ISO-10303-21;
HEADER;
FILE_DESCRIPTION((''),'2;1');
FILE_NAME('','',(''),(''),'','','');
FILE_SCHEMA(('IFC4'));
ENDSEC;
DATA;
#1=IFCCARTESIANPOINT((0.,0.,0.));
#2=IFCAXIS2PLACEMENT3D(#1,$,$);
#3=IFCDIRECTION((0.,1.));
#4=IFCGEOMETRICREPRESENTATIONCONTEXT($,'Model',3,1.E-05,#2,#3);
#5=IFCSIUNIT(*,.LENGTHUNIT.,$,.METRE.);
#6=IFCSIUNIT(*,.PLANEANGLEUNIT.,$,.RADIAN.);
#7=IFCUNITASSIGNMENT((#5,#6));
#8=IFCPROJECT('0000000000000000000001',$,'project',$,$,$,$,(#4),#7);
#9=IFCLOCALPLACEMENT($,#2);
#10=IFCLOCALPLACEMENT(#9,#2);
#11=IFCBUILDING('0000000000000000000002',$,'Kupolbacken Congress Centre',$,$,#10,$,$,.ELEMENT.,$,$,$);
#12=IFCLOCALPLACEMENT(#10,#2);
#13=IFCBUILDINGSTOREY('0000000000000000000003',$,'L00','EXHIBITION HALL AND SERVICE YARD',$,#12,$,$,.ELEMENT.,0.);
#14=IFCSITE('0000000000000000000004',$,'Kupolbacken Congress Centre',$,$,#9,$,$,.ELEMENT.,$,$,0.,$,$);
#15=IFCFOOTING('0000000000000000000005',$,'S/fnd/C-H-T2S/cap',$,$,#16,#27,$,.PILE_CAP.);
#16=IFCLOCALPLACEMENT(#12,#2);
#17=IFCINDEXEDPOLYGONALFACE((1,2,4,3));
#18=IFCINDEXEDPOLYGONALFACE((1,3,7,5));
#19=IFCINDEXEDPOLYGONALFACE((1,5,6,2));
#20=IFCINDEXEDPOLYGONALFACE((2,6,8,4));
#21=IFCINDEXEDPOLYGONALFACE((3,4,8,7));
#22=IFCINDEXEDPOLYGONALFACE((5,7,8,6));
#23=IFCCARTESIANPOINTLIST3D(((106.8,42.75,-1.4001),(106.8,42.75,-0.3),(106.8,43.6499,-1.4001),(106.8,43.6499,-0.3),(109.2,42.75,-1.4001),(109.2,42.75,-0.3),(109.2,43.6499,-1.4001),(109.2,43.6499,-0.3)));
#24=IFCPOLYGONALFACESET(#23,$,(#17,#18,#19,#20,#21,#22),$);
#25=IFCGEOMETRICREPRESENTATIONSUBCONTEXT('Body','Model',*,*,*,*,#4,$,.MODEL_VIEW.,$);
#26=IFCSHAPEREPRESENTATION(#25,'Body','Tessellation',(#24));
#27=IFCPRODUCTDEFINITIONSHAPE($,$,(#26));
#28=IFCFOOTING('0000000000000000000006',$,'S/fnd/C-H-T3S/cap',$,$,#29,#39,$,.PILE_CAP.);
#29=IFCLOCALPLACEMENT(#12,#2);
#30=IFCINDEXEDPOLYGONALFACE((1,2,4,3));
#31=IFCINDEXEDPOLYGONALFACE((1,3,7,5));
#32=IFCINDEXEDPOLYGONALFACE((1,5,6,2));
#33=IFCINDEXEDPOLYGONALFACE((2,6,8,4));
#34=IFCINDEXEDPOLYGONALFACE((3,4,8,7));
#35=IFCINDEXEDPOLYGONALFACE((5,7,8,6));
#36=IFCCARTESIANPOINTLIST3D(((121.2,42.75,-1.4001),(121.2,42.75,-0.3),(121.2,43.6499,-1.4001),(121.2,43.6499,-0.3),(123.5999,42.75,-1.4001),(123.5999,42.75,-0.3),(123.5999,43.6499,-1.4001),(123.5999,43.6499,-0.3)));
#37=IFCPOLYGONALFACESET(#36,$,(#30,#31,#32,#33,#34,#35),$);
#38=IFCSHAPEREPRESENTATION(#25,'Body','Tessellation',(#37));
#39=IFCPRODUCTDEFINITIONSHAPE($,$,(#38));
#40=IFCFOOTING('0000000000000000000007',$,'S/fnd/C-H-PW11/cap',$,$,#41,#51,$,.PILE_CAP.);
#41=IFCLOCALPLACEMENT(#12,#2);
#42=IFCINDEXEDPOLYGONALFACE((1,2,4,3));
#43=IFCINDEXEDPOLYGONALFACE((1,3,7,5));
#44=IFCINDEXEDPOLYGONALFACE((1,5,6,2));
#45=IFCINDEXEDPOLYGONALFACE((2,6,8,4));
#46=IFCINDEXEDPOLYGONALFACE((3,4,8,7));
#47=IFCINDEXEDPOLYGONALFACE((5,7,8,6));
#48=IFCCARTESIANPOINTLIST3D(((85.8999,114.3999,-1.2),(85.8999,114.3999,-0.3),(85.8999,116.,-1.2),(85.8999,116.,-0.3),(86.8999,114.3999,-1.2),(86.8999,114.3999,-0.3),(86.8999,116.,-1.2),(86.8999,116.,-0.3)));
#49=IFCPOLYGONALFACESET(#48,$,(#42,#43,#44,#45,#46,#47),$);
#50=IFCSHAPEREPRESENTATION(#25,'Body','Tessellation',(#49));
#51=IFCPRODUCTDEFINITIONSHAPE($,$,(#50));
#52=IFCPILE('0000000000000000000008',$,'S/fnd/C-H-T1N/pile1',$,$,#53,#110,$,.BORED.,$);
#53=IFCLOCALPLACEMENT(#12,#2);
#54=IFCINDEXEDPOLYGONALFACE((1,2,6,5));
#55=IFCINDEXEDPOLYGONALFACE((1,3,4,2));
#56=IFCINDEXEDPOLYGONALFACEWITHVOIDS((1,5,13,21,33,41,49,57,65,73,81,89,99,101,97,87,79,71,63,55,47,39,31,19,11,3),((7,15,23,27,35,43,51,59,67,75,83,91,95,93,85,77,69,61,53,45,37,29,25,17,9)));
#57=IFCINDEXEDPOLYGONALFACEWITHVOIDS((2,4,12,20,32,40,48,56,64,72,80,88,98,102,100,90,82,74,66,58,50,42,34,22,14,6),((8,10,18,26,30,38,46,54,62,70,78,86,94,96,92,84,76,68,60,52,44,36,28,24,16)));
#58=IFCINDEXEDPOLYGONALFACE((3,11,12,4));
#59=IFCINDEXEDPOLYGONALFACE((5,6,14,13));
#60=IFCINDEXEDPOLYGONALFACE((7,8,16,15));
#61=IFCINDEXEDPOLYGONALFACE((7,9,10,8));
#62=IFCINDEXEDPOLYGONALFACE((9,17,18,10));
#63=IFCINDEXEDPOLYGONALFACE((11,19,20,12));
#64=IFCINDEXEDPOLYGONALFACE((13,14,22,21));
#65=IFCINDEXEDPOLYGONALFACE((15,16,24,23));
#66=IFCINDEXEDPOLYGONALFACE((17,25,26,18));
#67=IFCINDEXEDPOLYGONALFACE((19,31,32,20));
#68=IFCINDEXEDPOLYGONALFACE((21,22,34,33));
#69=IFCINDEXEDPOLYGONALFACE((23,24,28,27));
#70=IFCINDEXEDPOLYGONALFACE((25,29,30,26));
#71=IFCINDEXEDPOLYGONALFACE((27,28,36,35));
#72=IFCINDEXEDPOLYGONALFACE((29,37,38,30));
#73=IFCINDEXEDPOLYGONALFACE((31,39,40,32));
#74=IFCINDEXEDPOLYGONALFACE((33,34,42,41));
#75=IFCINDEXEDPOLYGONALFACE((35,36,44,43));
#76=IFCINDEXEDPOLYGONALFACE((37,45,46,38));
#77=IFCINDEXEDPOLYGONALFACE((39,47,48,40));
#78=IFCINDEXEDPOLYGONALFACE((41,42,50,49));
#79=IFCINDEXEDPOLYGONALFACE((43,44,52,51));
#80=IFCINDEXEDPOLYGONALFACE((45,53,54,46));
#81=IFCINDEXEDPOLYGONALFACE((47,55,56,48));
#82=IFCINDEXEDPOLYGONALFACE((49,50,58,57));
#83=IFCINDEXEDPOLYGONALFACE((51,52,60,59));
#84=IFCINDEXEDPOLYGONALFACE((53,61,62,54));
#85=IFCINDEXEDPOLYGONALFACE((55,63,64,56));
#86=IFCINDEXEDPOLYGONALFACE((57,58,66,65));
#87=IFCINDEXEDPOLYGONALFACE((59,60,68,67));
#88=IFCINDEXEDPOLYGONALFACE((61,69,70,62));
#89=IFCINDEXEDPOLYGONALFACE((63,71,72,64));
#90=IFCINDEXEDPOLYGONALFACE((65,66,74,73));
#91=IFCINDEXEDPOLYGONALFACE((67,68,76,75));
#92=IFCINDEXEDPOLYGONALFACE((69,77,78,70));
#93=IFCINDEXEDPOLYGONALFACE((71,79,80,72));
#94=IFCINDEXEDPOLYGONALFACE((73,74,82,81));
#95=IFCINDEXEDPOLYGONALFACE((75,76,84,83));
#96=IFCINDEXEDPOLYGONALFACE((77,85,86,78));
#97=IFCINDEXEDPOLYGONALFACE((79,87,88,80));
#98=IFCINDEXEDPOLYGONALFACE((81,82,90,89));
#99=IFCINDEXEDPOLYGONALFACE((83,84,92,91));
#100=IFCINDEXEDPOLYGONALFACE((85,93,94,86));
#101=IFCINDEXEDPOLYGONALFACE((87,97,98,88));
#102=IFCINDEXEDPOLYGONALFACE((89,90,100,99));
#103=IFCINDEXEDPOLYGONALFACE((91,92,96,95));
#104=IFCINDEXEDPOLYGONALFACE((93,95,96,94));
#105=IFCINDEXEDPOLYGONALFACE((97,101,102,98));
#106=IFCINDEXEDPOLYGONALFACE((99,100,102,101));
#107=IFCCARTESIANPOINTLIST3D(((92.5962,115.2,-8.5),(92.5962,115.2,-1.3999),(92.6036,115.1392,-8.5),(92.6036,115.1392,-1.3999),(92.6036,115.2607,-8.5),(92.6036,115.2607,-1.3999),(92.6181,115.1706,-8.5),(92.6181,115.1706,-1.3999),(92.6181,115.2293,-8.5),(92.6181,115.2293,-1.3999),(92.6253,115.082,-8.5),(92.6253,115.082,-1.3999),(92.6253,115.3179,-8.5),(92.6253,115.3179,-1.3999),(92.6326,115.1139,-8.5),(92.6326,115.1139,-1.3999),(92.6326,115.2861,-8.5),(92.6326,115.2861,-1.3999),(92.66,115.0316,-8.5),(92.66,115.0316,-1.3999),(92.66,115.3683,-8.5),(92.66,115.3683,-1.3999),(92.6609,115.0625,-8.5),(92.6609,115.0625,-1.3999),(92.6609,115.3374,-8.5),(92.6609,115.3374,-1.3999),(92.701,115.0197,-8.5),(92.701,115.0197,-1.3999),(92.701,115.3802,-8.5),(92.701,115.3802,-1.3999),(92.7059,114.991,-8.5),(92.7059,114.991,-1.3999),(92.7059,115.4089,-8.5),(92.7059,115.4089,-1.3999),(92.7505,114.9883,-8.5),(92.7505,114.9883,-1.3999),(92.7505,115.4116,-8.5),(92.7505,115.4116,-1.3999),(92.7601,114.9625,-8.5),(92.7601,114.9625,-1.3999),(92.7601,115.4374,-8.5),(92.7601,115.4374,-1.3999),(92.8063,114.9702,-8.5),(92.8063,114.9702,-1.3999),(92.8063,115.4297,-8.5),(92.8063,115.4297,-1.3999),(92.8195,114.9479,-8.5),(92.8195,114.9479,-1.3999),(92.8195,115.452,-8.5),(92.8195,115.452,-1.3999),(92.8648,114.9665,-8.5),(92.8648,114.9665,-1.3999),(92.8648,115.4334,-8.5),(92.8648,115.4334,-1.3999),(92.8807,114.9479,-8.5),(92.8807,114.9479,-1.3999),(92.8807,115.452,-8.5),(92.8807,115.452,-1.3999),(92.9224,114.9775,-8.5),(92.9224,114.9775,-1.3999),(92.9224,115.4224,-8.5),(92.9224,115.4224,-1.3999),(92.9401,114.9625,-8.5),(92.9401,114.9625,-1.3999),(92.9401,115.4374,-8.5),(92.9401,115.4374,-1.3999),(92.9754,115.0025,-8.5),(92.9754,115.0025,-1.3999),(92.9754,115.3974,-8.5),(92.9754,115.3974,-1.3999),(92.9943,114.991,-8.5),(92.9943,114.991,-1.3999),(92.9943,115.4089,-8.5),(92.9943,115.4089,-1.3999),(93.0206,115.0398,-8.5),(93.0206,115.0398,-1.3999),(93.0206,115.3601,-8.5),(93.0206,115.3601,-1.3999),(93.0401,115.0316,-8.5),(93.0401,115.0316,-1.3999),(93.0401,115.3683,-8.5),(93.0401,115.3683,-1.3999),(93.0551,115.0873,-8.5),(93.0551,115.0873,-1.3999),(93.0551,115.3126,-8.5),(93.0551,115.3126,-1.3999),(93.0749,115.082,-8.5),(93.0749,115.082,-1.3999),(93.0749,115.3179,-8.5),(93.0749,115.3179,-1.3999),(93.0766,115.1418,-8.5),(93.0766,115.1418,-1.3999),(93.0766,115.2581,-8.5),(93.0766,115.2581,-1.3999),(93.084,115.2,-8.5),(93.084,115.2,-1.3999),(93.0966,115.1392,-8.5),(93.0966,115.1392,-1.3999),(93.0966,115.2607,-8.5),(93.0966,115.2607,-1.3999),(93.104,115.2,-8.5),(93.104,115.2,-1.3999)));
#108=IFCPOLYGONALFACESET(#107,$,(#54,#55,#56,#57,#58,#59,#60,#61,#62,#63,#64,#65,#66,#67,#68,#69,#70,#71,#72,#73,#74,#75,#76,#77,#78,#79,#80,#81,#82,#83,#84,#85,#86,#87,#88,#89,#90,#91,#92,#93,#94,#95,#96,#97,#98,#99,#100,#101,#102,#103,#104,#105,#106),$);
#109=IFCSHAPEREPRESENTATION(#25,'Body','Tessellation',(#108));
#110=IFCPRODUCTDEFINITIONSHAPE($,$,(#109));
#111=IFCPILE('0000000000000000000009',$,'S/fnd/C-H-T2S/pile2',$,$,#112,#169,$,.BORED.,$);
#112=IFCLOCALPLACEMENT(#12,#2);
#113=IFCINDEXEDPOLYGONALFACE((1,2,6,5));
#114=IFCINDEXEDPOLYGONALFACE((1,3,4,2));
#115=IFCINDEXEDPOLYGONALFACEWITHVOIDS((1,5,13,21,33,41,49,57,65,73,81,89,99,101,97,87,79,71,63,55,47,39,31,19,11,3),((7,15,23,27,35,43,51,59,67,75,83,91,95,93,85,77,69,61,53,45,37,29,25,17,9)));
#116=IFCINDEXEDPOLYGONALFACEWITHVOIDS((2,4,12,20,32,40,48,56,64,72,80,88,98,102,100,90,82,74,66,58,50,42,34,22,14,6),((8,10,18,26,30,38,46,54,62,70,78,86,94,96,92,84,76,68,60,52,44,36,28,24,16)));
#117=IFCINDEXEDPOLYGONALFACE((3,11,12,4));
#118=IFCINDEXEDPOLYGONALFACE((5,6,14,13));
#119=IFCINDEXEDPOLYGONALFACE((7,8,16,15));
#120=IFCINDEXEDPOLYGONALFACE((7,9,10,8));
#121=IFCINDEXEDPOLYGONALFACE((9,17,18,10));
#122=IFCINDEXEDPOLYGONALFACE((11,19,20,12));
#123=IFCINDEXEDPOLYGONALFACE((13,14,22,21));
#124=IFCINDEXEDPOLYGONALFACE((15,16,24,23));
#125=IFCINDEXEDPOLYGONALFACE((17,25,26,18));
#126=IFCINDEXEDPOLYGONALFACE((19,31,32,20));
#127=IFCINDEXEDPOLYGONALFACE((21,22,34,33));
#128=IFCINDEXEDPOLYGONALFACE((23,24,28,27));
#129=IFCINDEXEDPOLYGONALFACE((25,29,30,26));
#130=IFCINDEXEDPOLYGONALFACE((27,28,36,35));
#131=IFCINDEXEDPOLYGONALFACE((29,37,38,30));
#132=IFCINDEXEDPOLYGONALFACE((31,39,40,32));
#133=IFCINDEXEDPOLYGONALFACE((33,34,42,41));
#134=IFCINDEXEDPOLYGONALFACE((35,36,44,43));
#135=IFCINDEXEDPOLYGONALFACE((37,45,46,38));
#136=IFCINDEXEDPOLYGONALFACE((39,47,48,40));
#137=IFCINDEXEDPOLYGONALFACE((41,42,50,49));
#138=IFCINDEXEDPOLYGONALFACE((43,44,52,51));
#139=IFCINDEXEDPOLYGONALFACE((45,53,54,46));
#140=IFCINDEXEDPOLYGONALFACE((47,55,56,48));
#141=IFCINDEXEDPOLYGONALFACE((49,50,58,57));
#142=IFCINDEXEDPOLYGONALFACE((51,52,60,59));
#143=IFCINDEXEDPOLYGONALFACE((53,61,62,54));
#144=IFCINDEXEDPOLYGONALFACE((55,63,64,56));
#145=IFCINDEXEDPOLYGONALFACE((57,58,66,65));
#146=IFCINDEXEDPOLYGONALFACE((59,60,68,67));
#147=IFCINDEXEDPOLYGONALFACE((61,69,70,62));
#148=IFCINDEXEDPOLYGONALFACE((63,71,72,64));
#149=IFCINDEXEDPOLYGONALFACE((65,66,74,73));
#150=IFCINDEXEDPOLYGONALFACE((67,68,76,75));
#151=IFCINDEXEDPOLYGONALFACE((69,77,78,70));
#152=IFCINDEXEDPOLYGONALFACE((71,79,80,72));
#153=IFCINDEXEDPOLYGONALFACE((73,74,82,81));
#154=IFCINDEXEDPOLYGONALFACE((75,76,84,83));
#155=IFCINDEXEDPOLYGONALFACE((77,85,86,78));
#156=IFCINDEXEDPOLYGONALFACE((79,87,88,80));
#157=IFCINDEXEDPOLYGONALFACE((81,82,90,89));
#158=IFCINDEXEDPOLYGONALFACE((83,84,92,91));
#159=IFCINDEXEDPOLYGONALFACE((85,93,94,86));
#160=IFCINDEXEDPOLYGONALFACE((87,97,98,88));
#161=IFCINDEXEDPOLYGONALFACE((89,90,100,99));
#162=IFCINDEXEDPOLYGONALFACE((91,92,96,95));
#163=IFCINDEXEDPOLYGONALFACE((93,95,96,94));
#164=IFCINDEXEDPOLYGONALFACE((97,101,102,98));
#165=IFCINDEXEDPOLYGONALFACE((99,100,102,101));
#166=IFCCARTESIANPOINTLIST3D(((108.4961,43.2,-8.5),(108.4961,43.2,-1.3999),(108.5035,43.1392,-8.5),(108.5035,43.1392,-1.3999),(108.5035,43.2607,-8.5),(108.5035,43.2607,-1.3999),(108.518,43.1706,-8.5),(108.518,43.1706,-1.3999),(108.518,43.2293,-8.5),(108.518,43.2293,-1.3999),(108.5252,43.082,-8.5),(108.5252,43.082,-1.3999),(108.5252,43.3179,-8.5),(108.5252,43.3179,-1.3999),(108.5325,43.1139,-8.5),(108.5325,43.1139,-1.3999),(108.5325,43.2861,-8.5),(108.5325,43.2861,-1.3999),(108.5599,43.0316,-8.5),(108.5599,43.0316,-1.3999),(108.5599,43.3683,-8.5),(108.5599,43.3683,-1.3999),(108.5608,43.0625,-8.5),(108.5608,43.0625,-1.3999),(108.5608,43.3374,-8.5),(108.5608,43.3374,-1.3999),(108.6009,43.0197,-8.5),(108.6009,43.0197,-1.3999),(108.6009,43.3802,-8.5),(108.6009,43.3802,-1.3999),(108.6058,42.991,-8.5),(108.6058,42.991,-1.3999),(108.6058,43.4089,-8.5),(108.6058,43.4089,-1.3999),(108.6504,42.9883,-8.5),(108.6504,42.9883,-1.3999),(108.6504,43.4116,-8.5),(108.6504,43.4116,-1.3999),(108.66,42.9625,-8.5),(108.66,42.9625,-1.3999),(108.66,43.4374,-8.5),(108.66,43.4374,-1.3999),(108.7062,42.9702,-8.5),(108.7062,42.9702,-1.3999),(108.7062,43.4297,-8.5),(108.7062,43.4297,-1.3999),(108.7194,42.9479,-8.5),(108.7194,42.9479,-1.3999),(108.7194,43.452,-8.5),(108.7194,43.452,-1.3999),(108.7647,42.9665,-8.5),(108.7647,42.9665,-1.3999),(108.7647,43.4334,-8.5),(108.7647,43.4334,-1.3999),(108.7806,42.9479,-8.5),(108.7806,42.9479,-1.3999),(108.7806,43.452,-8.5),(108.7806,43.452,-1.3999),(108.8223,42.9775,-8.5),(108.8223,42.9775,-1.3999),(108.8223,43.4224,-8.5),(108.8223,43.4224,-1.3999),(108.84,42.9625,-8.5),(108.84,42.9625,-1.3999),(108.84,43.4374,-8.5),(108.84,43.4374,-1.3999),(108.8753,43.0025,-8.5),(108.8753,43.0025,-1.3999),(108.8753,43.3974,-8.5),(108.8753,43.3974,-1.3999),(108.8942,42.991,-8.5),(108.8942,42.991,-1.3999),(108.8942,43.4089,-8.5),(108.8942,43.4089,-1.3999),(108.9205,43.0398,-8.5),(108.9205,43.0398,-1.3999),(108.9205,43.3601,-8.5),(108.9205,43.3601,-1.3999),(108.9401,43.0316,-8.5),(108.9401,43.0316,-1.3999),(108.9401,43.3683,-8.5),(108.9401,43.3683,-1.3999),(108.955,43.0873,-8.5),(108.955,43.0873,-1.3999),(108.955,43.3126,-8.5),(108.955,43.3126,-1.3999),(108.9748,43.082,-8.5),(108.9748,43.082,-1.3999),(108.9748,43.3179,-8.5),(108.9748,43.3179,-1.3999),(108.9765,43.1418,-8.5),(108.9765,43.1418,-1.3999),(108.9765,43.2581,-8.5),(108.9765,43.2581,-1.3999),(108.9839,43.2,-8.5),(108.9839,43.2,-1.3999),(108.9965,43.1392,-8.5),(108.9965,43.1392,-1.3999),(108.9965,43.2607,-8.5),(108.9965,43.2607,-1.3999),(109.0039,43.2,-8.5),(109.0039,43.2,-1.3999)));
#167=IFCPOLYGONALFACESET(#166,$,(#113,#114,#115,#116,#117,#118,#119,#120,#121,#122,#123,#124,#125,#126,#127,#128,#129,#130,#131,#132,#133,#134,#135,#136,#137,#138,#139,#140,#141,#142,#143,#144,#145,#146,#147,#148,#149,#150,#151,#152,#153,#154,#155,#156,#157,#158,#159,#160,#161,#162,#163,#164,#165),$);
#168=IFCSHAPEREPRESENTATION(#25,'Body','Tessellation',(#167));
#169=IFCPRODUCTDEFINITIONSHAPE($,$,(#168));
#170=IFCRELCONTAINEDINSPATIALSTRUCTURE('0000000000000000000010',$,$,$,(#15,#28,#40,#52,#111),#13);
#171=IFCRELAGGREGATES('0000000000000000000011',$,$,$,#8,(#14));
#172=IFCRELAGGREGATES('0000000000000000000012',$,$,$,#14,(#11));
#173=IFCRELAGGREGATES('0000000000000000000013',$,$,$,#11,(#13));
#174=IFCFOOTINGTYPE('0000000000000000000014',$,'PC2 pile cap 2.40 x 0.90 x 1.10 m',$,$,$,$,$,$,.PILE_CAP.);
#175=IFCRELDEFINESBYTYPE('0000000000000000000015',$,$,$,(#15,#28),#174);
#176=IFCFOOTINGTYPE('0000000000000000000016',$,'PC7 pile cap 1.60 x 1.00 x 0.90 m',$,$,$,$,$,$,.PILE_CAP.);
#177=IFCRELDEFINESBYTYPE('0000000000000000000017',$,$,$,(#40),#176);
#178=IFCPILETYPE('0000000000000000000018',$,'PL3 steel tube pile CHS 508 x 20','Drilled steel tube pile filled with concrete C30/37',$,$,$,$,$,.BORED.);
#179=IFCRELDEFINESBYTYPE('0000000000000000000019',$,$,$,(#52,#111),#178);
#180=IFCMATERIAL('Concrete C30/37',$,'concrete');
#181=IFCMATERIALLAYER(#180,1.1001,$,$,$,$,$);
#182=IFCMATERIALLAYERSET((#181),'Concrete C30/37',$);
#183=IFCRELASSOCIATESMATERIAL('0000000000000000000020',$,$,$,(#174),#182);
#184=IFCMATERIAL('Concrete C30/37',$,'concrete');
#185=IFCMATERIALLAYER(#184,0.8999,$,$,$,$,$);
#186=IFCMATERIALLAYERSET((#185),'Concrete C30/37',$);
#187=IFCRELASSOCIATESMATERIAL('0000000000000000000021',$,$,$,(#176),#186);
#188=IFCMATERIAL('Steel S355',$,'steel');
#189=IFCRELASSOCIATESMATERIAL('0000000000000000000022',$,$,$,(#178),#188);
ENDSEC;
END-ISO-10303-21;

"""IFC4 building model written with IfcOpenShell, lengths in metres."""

from ifc_helpers import new_model, si_unit, direction, frame, origin, origin_2d, place, context, subcontext, project, spatial, rectangle, hollow_circle, extrude, material, layer, layer_set, material_profile, profile_set, type_object, element, save


model = new_model("IFC4")

# Units and contexts
model_context = context("Model", 3, precision=1e-05, world=origin(), true_north=direction((0.0, 1.0)))
body_context = subcontext(model_context, "Body", "Model", "MODEL_VIEW")
ifc_project = project(units=[si_unit("LENGTHUNIT", "METRE"), si_unit("PLANEANGLEUNIT", "RADIAN")], contexts=[model_context])

# Site, building, storey
site_placement = place(None, origin())
site = spatial("IfcSite", under=ifc_project, at=site_placement, Name="Kupolbacken Congress Centre", CompositionType="ELEMENT", RefElevation=0.0)
building_placement = place(site_placement, origin())
building = spatial("IfcBuilding", under=site, at=building_placement, Name="Kupolbacken Congress Centre", CompositionType="ELEMENT")
storey_placement = place(building_placement, origin())
storey = spatial("IfcBuildingStorey", under=building, at=storey_placement, Name="L00", Description="EXHIBITION HALL AND SERVICE YARD", CompositionType="ELEMENT", Elevation=0.0)

# Footings
ifc_material_1 = material(Name="Concrete C30/37", Category="concrete")
ifc_layer_1 = layer(ifc_material_1, 1.1001)
ifc_layer_set_1 = layer_set([ifc_layer_1], Name="Concrete C30/37")
footing_type_1 = type_object("IfcFootingType", Name="PC2 pile cap 2.40 x 0.90 x 1.10 m", PredefinedType="PILE_CAP", material=ifc_layer_set_1)
for number, where, z_axis, x_axis, name in (
    (1, (108.0, 43.2, -1.4001), (0.0, 0.0, 1.0), (1.0, 0.0, 0.0), "S/fnd/C-H-T2S/cap"),
    (2, (122.3999, 43.2, -1.4001), (0.0, 0.0, 1.0), (1.0, 0.0, 0.0), "S/fnd/C-H-T3S/cap"),
):
    element("IfcFooting", number, at=place(storey_placement, frame(where, z_axis=z_axis, x_axis=x_axis)), inside=storey, type_object=footing_type_1, Name=name, PredefinedType="PILE_CAP", context=body_context, shape_type="SweptSolid", body=[
        extrude(rectangle(XDim=2.3999, YDim=0.8999, at=origin_2d()), origin(), (0.0, 0.0, 1.0), 1.1001),
    ])
ifc_material_2 = material(Name="Concrete C30/37", Category="concrete")
ifc_layer_2 = layer(ifc_material_2, 0.8999)
ifc_layer_set_2 = layer_set([ifc_layer_2], Name="Concrete C30/37")
footing_type_2 = type_object("IfcFootingType", Name="PC7 pile cap 1.60 x 1.00 x 0.90 m", PredefinedType="PILE_CAP", material=ifc_layer_set_2)
footing_placement = place(storey_placement, frame((86.3999, 115.2, -1.2), z_axis=(0.0, 0.0, 1.0), x_axis=(1.0, 0.0, 0.0)))
element("IfcFooting", 3, at=footing_placement, inside=storey, type_object=footing_type_2, Name="S/fnd/C-H-PW11/cap", PredefinedType="PILE_CAP", context=body_context, shape_type="SweptSolid", body=[
    extrude(rectangle(XDim=1.0, YDim=1.6001, at=origin_2d()), origin(), (0.0, 0.0, 1.0), 0.8999),
])

# Piles
ifc_material_3 = material(Name="Steel S355", Category="steel")
ifc_material_profile_1 = material_profile(ifc_material_3, hollow_circle(Radius=0.2539, WallThickness=0.02, at=origin_2d()), Name="CHS 508 x 20")
ifc_profile_set_1 = profile_set([ifc_material_profile_1], Name="Steel S355")
pile_type = type_object("IfcPileType", Name="PL3 steel tube pile CHS 508 x 20", Description="Drilled steel tube pile filled with concrete C30/37", PredefinedType="BORED", material=ifc_profile_set_1)
for number, where, z_axis, x_axis, name in (
    (4, (92.8501, 115.2, -1.3999), (0.0, 0.0, -1.0), (1.0, 0.0, 0.0), "S/fnd/C-H-T1N/pile1"),
    (5, (108.75, 43.2, -1.3999), (0.0, 0.0, -1.0), (1.0, 0.0, 0.0), "S/fnd/C-H-T2S/pile2"),
):
    element("IfcPile", number, at=place(storey_placement, frame(where, z_axis=z_axis, x_axis=x_axis)), inside=storey, type_object=pile_type, Name=name, PredefinedType="BORED", context=body_context, shape_type="SweptSolid", body=[
        extrude(hollow_circle(Radius=0.2539, WallThickness=0.02, at=origin_2d()), origin(), (0.0, 0.0, 1.0), 7.1001),
    ])

save(model, "model.ifc")
